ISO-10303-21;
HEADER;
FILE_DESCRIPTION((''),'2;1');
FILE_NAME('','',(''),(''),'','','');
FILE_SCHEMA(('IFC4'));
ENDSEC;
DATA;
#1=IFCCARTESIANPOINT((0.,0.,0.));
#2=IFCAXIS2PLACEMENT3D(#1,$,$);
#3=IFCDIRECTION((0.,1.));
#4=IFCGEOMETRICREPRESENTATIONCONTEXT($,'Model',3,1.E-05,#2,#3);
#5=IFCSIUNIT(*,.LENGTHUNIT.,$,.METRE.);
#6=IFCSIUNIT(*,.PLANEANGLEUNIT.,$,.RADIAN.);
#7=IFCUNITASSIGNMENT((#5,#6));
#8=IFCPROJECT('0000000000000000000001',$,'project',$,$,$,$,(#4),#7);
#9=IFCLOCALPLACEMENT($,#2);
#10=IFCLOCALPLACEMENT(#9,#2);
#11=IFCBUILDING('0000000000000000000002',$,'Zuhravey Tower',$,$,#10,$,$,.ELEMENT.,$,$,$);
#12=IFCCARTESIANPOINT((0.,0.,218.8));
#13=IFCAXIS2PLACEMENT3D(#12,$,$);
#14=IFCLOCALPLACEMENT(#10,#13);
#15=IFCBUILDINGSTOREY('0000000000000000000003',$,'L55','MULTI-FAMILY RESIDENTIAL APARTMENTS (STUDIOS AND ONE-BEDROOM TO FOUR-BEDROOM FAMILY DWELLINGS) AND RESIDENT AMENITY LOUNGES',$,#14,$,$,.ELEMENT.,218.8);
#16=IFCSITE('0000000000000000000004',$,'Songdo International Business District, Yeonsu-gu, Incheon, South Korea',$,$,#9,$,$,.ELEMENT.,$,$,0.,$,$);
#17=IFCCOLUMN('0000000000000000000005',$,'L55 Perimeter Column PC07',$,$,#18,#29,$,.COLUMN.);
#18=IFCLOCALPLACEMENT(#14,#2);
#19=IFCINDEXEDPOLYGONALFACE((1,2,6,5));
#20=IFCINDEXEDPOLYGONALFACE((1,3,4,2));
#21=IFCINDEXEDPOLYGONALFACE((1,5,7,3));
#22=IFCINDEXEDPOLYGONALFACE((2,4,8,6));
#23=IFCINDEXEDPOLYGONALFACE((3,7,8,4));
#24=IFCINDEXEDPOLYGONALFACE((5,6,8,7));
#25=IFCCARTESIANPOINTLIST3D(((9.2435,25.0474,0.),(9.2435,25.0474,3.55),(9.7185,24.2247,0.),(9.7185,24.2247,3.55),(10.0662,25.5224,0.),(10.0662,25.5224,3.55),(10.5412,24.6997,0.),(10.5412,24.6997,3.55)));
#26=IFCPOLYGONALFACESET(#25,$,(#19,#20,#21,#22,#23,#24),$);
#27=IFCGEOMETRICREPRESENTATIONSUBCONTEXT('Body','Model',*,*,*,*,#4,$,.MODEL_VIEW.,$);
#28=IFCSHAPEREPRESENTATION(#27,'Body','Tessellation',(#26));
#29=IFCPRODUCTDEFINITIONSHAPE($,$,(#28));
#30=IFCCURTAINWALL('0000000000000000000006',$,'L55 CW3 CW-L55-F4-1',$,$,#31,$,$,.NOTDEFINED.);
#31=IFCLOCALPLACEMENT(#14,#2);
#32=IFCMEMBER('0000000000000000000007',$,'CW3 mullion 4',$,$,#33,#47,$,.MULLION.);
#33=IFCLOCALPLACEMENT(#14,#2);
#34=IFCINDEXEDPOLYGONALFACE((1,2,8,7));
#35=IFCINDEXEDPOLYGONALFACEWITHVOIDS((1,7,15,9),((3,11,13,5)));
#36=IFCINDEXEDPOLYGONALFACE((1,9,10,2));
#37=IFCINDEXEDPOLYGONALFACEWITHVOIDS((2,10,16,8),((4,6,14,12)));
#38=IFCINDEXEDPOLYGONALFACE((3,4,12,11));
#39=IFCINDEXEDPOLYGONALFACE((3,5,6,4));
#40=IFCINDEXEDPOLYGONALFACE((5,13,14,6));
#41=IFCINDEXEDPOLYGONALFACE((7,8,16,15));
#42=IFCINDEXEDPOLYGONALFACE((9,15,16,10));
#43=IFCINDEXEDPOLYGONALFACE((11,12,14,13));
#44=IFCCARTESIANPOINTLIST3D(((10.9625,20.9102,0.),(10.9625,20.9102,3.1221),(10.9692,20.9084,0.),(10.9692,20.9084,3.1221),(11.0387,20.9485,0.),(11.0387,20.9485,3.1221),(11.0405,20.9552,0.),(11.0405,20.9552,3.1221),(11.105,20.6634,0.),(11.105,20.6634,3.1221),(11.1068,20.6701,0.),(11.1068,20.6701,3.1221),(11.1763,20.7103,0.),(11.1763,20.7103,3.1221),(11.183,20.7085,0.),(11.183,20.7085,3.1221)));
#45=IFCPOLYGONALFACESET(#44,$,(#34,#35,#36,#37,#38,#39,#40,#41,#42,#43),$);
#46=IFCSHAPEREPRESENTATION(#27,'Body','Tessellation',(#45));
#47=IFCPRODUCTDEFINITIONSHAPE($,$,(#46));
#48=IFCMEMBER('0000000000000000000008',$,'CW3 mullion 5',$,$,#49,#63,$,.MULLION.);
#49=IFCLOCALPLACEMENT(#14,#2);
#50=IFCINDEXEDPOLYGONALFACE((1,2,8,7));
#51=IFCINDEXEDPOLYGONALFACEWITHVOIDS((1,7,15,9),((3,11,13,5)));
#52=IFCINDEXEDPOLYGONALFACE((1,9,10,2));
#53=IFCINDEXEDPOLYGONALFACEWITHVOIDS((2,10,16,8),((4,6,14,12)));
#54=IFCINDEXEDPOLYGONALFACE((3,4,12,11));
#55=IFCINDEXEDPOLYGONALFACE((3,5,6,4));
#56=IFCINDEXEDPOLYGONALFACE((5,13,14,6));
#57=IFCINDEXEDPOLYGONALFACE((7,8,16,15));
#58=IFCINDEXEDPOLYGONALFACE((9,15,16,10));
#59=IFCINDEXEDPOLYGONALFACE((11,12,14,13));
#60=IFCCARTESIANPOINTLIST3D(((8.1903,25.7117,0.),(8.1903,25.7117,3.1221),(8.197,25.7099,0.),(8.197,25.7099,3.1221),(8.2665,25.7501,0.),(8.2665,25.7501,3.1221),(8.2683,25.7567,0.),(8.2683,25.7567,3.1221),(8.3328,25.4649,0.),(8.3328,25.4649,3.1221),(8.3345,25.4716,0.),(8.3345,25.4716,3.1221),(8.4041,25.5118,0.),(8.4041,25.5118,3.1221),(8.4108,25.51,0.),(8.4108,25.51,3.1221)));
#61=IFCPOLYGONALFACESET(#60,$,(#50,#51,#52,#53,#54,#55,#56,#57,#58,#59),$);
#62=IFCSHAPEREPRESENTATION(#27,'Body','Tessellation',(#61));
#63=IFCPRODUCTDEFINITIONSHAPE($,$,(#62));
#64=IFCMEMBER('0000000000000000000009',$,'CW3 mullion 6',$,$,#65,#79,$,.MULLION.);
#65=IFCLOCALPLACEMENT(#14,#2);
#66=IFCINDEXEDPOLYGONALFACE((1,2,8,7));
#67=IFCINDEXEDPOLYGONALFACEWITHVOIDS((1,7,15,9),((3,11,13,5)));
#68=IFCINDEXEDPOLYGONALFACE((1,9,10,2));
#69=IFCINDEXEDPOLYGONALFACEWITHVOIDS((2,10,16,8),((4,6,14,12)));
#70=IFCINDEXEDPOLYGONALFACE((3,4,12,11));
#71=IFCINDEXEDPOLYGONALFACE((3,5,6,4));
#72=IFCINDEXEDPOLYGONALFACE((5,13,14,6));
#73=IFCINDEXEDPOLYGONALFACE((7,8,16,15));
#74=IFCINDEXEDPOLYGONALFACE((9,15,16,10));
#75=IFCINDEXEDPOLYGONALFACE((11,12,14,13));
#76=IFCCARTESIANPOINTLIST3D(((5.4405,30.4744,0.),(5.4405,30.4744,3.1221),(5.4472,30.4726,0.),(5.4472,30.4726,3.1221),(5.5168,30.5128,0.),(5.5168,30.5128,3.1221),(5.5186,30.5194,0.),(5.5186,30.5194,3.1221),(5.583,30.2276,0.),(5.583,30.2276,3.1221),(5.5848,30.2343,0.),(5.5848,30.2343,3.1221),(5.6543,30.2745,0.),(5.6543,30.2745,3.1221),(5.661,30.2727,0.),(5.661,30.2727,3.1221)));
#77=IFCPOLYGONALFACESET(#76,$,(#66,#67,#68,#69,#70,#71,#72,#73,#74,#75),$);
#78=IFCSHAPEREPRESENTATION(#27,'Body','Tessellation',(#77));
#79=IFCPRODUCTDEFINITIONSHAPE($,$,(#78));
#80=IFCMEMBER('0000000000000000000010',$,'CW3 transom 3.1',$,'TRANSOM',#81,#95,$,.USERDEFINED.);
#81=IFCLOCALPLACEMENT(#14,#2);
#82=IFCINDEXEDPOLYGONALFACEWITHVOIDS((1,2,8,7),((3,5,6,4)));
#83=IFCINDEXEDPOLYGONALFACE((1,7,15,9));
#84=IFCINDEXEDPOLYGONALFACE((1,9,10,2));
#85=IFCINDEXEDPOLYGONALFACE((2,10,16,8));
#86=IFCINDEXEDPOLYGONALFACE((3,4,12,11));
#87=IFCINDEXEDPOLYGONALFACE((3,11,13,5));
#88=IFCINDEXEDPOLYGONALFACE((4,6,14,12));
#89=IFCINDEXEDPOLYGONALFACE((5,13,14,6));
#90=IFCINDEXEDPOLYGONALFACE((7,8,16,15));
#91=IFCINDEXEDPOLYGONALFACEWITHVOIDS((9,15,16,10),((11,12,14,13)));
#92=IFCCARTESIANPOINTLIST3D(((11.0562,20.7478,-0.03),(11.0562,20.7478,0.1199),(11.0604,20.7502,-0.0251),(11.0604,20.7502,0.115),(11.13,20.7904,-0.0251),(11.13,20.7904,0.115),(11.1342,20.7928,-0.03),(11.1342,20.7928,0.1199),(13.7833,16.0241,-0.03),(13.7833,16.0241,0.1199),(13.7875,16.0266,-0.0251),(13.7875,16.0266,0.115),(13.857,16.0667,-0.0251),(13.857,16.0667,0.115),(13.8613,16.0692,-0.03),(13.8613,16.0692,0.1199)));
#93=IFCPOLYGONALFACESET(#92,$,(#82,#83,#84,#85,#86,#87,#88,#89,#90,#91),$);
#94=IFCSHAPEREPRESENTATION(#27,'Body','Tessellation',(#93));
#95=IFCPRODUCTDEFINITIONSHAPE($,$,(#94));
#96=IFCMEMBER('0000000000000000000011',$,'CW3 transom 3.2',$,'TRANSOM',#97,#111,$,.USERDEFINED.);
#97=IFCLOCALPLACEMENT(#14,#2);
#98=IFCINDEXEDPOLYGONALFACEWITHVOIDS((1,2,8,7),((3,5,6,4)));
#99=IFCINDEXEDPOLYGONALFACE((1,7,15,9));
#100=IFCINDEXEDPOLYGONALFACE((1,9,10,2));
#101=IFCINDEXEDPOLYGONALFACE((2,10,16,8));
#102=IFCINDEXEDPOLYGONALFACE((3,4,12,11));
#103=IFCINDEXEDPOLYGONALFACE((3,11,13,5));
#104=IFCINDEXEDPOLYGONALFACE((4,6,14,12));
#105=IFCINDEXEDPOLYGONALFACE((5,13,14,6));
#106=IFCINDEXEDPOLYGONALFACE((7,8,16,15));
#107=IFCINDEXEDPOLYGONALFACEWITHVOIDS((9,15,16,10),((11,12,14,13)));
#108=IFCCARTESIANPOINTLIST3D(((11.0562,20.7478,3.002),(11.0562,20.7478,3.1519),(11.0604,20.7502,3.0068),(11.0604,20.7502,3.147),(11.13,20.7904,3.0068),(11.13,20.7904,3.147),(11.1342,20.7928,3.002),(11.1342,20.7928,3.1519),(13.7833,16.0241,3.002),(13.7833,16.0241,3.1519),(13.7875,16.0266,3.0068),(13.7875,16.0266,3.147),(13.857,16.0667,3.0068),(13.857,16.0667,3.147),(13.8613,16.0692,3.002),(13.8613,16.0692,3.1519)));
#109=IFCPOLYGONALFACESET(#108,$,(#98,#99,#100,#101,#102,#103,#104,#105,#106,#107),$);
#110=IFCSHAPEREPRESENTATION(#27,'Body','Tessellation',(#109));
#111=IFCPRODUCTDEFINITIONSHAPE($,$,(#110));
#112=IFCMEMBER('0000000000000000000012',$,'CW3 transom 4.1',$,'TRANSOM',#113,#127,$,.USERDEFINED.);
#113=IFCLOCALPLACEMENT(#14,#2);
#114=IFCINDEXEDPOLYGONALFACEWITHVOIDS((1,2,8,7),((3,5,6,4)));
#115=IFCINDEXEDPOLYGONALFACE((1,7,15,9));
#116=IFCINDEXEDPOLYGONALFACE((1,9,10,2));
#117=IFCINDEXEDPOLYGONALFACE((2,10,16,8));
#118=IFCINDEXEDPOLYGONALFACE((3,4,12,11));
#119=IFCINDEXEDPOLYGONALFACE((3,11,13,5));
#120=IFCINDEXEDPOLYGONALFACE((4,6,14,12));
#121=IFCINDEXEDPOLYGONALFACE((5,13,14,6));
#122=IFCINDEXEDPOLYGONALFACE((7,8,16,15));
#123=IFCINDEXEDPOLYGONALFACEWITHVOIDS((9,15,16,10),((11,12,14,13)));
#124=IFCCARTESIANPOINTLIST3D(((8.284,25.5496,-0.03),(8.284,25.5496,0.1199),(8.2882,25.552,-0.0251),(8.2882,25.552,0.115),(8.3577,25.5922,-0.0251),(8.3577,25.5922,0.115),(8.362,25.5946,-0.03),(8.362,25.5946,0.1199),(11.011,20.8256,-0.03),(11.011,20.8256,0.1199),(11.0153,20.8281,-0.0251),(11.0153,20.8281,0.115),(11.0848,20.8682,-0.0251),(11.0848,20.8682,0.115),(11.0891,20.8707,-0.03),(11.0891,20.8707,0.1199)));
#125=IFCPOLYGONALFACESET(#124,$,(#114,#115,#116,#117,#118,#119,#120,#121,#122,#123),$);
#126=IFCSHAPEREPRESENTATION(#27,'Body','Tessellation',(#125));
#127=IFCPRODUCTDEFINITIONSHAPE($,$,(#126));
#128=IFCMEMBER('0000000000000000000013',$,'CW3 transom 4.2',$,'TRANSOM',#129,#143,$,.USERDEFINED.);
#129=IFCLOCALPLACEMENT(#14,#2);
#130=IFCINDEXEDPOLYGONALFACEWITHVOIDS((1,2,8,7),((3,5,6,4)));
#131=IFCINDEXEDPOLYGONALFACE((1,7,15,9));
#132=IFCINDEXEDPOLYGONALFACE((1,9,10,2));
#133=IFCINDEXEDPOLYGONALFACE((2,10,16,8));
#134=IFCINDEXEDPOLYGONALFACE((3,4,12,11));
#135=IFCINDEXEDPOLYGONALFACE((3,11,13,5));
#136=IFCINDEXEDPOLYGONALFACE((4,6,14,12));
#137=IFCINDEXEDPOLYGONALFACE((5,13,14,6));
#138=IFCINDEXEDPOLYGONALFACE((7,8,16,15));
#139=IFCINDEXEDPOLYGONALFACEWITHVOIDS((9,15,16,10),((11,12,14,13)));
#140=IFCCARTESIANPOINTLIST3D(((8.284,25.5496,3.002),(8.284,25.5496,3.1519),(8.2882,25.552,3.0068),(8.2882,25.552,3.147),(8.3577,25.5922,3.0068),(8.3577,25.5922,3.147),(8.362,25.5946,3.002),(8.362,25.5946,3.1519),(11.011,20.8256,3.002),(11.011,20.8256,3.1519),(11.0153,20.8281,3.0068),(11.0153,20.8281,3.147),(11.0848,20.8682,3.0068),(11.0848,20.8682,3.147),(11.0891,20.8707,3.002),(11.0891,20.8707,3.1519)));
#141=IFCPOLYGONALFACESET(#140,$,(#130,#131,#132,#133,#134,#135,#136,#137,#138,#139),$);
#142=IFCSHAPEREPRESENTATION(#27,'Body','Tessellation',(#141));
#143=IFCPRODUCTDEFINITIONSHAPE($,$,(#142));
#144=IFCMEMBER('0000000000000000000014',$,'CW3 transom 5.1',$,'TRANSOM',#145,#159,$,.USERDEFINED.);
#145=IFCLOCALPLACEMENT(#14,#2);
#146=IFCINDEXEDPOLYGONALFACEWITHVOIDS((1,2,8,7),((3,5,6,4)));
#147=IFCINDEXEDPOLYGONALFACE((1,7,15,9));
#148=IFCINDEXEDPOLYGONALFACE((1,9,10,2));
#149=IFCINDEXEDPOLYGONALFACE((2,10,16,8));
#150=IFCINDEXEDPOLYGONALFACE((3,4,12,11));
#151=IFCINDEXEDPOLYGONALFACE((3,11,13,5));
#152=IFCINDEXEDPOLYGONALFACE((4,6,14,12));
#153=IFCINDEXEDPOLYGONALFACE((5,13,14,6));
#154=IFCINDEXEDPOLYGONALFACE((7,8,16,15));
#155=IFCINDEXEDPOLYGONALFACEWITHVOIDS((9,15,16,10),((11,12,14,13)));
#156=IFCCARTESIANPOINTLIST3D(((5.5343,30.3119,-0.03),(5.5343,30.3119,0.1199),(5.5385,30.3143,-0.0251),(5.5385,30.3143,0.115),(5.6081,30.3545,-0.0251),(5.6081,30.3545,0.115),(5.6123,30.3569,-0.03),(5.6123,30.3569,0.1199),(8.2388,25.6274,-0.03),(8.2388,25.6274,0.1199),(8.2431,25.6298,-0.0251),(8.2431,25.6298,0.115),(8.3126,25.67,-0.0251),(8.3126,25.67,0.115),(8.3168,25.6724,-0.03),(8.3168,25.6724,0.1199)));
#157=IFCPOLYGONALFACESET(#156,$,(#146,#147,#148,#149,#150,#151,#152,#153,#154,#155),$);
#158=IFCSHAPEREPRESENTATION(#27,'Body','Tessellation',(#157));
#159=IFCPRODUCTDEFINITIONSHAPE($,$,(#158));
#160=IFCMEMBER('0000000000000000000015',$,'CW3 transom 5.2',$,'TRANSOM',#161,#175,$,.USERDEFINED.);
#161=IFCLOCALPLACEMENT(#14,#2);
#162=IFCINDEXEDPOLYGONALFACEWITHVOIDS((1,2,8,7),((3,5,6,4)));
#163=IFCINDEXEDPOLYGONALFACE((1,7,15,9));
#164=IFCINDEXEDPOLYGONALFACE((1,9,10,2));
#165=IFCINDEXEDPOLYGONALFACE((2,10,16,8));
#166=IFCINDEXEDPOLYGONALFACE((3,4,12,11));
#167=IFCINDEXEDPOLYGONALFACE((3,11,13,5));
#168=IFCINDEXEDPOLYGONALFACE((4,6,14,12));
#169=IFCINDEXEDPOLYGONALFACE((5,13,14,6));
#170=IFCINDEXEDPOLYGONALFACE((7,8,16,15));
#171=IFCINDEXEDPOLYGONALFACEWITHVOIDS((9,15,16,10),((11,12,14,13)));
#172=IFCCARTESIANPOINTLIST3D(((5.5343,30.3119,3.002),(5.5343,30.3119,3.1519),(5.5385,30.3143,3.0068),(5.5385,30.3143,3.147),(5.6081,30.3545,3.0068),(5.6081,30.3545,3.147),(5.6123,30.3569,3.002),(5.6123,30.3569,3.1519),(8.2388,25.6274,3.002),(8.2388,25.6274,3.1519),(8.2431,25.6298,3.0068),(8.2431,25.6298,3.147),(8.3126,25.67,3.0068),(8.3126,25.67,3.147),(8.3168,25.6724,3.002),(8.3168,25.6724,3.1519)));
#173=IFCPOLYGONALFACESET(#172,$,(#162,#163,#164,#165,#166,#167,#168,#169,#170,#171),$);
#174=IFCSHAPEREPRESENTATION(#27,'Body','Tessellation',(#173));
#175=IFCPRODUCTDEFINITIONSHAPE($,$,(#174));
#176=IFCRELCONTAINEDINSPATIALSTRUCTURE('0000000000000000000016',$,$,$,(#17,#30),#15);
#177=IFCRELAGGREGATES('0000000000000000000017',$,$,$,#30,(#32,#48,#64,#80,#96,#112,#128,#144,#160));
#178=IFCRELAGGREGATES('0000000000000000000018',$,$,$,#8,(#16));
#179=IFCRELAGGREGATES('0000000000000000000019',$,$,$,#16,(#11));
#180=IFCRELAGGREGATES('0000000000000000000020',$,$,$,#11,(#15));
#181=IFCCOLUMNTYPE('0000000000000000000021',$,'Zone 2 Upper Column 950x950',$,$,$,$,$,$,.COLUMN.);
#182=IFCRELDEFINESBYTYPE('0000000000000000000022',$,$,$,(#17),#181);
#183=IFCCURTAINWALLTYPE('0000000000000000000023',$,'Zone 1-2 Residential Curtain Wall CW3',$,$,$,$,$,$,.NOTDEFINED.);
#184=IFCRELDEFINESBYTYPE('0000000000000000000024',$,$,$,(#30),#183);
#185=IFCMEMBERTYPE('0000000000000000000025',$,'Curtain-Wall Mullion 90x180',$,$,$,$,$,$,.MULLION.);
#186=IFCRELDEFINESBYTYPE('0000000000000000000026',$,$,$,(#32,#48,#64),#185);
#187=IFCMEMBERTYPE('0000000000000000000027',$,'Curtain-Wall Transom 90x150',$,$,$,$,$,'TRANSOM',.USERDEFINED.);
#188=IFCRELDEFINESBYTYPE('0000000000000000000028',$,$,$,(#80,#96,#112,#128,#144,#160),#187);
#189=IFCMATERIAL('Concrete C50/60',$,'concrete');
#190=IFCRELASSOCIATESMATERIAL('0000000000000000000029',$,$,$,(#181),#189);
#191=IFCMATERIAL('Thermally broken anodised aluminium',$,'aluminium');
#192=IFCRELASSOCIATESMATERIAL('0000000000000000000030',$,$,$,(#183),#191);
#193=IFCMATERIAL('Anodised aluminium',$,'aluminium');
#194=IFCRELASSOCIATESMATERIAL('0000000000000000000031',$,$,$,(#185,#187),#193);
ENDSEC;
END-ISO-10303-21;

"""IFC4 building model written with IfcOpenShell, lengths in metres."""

from ifc_helpers import new_model, si_unit, direction, frame, origin, origin_2d, place, context, subcontext, project, spatial, rectangle, hollow_rectangle, extrude, material, material_profile, profile_set, type_object, element, aggregate, save


model = new_model("IFC4")

# Units and contexts
model_context = context("Model", 3, precision=1e-05, world=origin(), true_north=direction((0.0, 1.0)))
body_context = subcontext(model_context, "Body", "Model", "MODEL_VIEW")
ifc_project = project(units=[si_unit("LENGTHUNIT", "METRE"), si_unit("PLANEANGLEUNIT", "RADIAN")], contexts=[model_context])

# Site, building, storey
site_placement = place(None, origin())
site = spatial("IfcSite", under=ifc_project, at=site_placement, Name="Songdo International Business District, Yeonsu-gu, Incheon, South Korea", CompositionType="ELEMENT", RefElevation=0.0)
building_placement = place(site_placement, origin())
building = spatial("IfcBuilding", under=site, at=building_placement, Name="Zuhravey Tower", CompositionType="ELEMENT")
storey_placement = place(building_placement, frame((0.0, 0.0, 218.8)))
storey = spatial("IfcBuildingStorey", under=building, at=storey_placement, Name="L55", Description="MULTI-FAMILY RESIDENTIAL APARTMENTS (STUDIOS AND ONE-BEDROOM TO FOUR-BEDROOM FAMILY DWELLINGS) AND RESIDENT AMENITY LOUNGES", CompositionType="ELEMENT", Elevation=218.8)

# Column
ifc_material_1 = material(Name="Concrete C50/60", Category="concrete")
ifc_material_profile_1 = material_profile(ifc_material_1, rectangle(XDim=0.95, YDim=0.95, at=origin_2d()), Name="RC-950x950")
ifc_profile_set_1 = profile_set([ifc_material_profile_1], Name="Concrete C50/60")
column_type = type_object("IfcColumnType", Name="Zone 2 Upper Column 950x950", PredefinedType="COLUMN", material=ifc_profile_set_1)
column_placement = place(storey_placement, frame((9.8923, 24.8735, 0.0), z_axis=(0.0, 0.0, 1.0), x_axis=(0.5, -0.866025, 0.0)))
element("IfcColumn", 1, at=column_placement, inside=storey, type_object=column_type, Name="L55 Perimeter Column PC07", PredefinedType="COLUMN", context=body_context, shape_type="SweptSolid", body=[
    extrude(rectangle(XDim=0.95, YDim=0.95, at=origin_2d()), origin(), (0.0, 0.0, 1.0), 3.55),
])

# Curtain wall, members
ifc_material_2 = material(Name="Thermally broken anodised aluminium", Category="aluminium")
curtain_wall_type = type_object("IfcCurtainWallType", Name="Zone 1-2 Residential Curtain Wall CW3", PredefinedType="NOTDEFINED", material=ifc_material_2)
curtain_wall_placement = place(storey_placement, origin())
curtain_wall = element("IfcCurtainWall", 2, at=curtain_wall_placement, inside=storey, type_object=curtain_wall_type, Name="L55 CW3 CW-L55-F4-1", PredefinedType="NOTDEFINED")
ifc_material_3 = material(Name="Anodised aluminium", Category="aluminium")
ifc_material_profile_2 = material_profile(ifc_material_3, hollow_rectangle(XDim=0.0901, YDim=0.2849, WallThickness=0.0049, at=origin_2d()), Name="ALU-RHS-90x285x5")
ifc_profile_set_2 = profile_set([ifc_material_profile_2], Name="Anodised aluminium")
member_type_1 = type_object("IfcMemberType", Name="Curtain-Wall Mullion 90x180", PredefinedType="MULLION", material=ifc_profile_set_2)
member_1_placement = place(storey_placement, frame((11.0728, 20.8093, 0.0), z_axis=(0.0, 0.0, 1.0), x_axis=(-0.866025, -0.5, 0.0)))
member_1 = element("IfcMember", 3, at=member_1_placement, type_object=member_type_1, Name="CW3 mullion 4", PredefinedType="MULLION", context=body_context, shape_type="SweptSolid", body=[
    extrude(hollow_rectangle(XDim=0.0901, YDim=0.2849, WallThickness=0.0049, at=origin_2d()), origin(), (0.0, 0.0, 1.0), 3.1221),
])
member_2_placement = place(storey_placement, frame((8.3005, 25.6108, 0.0), z_axis=(0.0, 0.0, 1.0), x_axis=(-0.866025, -0.5, 0.0)))
member_2 = element("IfcMember", 4, at=member_2_placement, type_object=member_type_1, Name="CW3 mullion 5", PredefinedType="MULLION", context=body_context, shape_type="SweptSolid", body=[
    extrude(hollow_rectangle(XDim=0.0901, YDim=0.2849, WallThickness=0.0049, at=origin_2d()), origin(), (0.0, 0.0, 1.0), 3.1221),
])
member_3_placement = place(storey_placement, frame((5.5508, 30.3735, 0.0), z_axis=(0.0, 0.0, 1.0), x_axis=(-0.866025, -0.5, 0.0)))
member_3 = element("IfcMember", 5, at=member_3_placement, type_object=member_type_1, Name="CW3 mullion 6", PredefinedType="MULLION", context=body_context, shape_type="SweptSolid", body=[
    extrude(hollow_rectangle(XDim=0.0901, YDim=0.2849, WallThickness=0.0049, at=origin_2d()), origin(), (0.0, 0.0, 1.0), 3.1221),
])
ifc_material_profile_3 = material_profile(ifc_material_3, hollow_rectangle(XDim=0.0901, YDim=0.1499, WallThickness=0.0049, at=origin_2d()), Name="ALU-RHS-90x150x5")
ifc_profile_set_3 = profile_set([ifc_material_profile_3], Name="Anodised aluminium")
member_type_2 = type_object("IfcMemberType", Name="Curtain-Wall Transom 90x150", ElementType="TRANSOM", PredefinedType="USERDEFINED", material=ifc_profile_set_3)
member_4_placement = place(storey_placement, frame((13.8223, 16.0466, 0.0449), z_axis=(-0.499981, 0.866037, 0.0), x_axis=(-0.866037, -0.499981, 0.0)))
member_4 = element("IfcMember", 6, at=member_4_placement, type_object=member_type_2, Name="CW3 transom 3.1", ObjectType="TRANSOM", PredefinedType="USERDEFINED", context=body_context, shape_type="SweptSolid", body=[
    extrude(hollow_rectangle(XDim=0.0901, YDim=0.1499, WallThickness=0.0049, at=origin_2d()), origin(), (0.0, 0.0, 1.0), 5.4543),
])
member_5_placement = place(storey_placement, frame((13.8223, 16.0466, 3.0769), z_axis=(-0.499981, 0.866037, 0.0), x_axis=(-0.866037, -0.499981, 0.0)))
member_5 = element("IfcMember", 7, at=member_5_placement, type_object=member_type_2, Name="CW3 transom 3.2", ObjectType="TRANSOM", PredefinedType="USERDEFINED", context=body_context, shape_type="SweptSolid", body=[
    extrude(hollow_rectangle(XDim=0.0901, YDim=0.1499, WallThickness=0.0049, at=origin_2d()), origin(), (0.0, 0.0, 1.0), 5.4543),
])
member_6_placement = place(storey_placement, frame((11.05, 20.8481, 0.0449), z_axis=(-0.499961, 0.866048, 0.0), x_axis=(-0.866048, -0.499961, 0.0)))
member_6 = element("IfcMember", 8, at=member_6_placement, type_object=member_type_2, Name="CW3 transom 4.1", ObjectType="TRANSOM", PredefinedType="USERDEFINED", context=body_context, shape_type="SweptSolid", body=[
    extrude(hollow_rectangle(XDim=0.0901, YDim=0.1499, WallThickness=0.0049, at=origin_2d()), origin(), (0.0, 0.0, 1.0), 5.4546),
])
member_7_placement = place(storey_placement, frame((11.05, 20.8481, 3.0769), z_axis=(-0.499961, 0.866048, 0.0), x_axis=(-0.866048, -0.499961, 0.0)))
member_7 = element("IfcMember", 9, at=member_7_placement, type_object=member_type_2, Name="CW3 transom 4.2", ObjectType="TRANSOM", PredefinedType="USERDEFINED", context=body_context, shape_type="SweptSolid", body=[
    extrude(hollow_rectangle(XDim=0.0901, YDim=0.1499, WallThickness=0.0049, at=origin_2d()), origin(), (0.0, 0.0, 1.0), 5.4546),
])
member_8_placement = place(storey_placement, frame((8.2778, 25.6499, 0.0449), z_axis=(-0.499993, 0.866029, 0.0), x_axis=(-0.866029, -0.499993, 0.0)))
member_8 = element("IfcMember", 10, at=member_8_placement, type_object=member_type_2, Name="CW3 transom 5.1", ObjectType="TRANSOM", PredefinedType="USERDEFINED", context=body_context, shape_type="SweptSolid", body=[
    extrude(hollow_rectangle(XDim=0.0901, YDim=0.1499, WallThickness=0.0049, at=origin_2d()), origin(), (0.0, 0.0, 1.0), 5.4092),
])
member_9_placement = place(storey_placement, frame((8.2778, 25.6499, 3.0769), z_axis=(-0.499993, 0.866029, 0.0), x_axis=(-0.866029, -0.499993, 0.0)))
member_9 = element("IfcMember", 11, at=member_9_placement, type_object=member_type_2, Name="CW3 transom 5.2", ObjectType="TRANSOM", PredefinedType="USERDEFINED", context=body_context, shape_type="SweptSolid", body=[
    extrude(hollow_rectangle(XDim=0.0901, YDim=0.1499, WallThickness=0.0049, at=origin_2d()), origin(), (0.0, 0.0, 1.0), 5.4092),
])

aggregate(curtain_wall, [member_1, member_2, member_3, member_4, member_5, member_6, member_7, member_8, member_9])

save(model, "model.ifc")
